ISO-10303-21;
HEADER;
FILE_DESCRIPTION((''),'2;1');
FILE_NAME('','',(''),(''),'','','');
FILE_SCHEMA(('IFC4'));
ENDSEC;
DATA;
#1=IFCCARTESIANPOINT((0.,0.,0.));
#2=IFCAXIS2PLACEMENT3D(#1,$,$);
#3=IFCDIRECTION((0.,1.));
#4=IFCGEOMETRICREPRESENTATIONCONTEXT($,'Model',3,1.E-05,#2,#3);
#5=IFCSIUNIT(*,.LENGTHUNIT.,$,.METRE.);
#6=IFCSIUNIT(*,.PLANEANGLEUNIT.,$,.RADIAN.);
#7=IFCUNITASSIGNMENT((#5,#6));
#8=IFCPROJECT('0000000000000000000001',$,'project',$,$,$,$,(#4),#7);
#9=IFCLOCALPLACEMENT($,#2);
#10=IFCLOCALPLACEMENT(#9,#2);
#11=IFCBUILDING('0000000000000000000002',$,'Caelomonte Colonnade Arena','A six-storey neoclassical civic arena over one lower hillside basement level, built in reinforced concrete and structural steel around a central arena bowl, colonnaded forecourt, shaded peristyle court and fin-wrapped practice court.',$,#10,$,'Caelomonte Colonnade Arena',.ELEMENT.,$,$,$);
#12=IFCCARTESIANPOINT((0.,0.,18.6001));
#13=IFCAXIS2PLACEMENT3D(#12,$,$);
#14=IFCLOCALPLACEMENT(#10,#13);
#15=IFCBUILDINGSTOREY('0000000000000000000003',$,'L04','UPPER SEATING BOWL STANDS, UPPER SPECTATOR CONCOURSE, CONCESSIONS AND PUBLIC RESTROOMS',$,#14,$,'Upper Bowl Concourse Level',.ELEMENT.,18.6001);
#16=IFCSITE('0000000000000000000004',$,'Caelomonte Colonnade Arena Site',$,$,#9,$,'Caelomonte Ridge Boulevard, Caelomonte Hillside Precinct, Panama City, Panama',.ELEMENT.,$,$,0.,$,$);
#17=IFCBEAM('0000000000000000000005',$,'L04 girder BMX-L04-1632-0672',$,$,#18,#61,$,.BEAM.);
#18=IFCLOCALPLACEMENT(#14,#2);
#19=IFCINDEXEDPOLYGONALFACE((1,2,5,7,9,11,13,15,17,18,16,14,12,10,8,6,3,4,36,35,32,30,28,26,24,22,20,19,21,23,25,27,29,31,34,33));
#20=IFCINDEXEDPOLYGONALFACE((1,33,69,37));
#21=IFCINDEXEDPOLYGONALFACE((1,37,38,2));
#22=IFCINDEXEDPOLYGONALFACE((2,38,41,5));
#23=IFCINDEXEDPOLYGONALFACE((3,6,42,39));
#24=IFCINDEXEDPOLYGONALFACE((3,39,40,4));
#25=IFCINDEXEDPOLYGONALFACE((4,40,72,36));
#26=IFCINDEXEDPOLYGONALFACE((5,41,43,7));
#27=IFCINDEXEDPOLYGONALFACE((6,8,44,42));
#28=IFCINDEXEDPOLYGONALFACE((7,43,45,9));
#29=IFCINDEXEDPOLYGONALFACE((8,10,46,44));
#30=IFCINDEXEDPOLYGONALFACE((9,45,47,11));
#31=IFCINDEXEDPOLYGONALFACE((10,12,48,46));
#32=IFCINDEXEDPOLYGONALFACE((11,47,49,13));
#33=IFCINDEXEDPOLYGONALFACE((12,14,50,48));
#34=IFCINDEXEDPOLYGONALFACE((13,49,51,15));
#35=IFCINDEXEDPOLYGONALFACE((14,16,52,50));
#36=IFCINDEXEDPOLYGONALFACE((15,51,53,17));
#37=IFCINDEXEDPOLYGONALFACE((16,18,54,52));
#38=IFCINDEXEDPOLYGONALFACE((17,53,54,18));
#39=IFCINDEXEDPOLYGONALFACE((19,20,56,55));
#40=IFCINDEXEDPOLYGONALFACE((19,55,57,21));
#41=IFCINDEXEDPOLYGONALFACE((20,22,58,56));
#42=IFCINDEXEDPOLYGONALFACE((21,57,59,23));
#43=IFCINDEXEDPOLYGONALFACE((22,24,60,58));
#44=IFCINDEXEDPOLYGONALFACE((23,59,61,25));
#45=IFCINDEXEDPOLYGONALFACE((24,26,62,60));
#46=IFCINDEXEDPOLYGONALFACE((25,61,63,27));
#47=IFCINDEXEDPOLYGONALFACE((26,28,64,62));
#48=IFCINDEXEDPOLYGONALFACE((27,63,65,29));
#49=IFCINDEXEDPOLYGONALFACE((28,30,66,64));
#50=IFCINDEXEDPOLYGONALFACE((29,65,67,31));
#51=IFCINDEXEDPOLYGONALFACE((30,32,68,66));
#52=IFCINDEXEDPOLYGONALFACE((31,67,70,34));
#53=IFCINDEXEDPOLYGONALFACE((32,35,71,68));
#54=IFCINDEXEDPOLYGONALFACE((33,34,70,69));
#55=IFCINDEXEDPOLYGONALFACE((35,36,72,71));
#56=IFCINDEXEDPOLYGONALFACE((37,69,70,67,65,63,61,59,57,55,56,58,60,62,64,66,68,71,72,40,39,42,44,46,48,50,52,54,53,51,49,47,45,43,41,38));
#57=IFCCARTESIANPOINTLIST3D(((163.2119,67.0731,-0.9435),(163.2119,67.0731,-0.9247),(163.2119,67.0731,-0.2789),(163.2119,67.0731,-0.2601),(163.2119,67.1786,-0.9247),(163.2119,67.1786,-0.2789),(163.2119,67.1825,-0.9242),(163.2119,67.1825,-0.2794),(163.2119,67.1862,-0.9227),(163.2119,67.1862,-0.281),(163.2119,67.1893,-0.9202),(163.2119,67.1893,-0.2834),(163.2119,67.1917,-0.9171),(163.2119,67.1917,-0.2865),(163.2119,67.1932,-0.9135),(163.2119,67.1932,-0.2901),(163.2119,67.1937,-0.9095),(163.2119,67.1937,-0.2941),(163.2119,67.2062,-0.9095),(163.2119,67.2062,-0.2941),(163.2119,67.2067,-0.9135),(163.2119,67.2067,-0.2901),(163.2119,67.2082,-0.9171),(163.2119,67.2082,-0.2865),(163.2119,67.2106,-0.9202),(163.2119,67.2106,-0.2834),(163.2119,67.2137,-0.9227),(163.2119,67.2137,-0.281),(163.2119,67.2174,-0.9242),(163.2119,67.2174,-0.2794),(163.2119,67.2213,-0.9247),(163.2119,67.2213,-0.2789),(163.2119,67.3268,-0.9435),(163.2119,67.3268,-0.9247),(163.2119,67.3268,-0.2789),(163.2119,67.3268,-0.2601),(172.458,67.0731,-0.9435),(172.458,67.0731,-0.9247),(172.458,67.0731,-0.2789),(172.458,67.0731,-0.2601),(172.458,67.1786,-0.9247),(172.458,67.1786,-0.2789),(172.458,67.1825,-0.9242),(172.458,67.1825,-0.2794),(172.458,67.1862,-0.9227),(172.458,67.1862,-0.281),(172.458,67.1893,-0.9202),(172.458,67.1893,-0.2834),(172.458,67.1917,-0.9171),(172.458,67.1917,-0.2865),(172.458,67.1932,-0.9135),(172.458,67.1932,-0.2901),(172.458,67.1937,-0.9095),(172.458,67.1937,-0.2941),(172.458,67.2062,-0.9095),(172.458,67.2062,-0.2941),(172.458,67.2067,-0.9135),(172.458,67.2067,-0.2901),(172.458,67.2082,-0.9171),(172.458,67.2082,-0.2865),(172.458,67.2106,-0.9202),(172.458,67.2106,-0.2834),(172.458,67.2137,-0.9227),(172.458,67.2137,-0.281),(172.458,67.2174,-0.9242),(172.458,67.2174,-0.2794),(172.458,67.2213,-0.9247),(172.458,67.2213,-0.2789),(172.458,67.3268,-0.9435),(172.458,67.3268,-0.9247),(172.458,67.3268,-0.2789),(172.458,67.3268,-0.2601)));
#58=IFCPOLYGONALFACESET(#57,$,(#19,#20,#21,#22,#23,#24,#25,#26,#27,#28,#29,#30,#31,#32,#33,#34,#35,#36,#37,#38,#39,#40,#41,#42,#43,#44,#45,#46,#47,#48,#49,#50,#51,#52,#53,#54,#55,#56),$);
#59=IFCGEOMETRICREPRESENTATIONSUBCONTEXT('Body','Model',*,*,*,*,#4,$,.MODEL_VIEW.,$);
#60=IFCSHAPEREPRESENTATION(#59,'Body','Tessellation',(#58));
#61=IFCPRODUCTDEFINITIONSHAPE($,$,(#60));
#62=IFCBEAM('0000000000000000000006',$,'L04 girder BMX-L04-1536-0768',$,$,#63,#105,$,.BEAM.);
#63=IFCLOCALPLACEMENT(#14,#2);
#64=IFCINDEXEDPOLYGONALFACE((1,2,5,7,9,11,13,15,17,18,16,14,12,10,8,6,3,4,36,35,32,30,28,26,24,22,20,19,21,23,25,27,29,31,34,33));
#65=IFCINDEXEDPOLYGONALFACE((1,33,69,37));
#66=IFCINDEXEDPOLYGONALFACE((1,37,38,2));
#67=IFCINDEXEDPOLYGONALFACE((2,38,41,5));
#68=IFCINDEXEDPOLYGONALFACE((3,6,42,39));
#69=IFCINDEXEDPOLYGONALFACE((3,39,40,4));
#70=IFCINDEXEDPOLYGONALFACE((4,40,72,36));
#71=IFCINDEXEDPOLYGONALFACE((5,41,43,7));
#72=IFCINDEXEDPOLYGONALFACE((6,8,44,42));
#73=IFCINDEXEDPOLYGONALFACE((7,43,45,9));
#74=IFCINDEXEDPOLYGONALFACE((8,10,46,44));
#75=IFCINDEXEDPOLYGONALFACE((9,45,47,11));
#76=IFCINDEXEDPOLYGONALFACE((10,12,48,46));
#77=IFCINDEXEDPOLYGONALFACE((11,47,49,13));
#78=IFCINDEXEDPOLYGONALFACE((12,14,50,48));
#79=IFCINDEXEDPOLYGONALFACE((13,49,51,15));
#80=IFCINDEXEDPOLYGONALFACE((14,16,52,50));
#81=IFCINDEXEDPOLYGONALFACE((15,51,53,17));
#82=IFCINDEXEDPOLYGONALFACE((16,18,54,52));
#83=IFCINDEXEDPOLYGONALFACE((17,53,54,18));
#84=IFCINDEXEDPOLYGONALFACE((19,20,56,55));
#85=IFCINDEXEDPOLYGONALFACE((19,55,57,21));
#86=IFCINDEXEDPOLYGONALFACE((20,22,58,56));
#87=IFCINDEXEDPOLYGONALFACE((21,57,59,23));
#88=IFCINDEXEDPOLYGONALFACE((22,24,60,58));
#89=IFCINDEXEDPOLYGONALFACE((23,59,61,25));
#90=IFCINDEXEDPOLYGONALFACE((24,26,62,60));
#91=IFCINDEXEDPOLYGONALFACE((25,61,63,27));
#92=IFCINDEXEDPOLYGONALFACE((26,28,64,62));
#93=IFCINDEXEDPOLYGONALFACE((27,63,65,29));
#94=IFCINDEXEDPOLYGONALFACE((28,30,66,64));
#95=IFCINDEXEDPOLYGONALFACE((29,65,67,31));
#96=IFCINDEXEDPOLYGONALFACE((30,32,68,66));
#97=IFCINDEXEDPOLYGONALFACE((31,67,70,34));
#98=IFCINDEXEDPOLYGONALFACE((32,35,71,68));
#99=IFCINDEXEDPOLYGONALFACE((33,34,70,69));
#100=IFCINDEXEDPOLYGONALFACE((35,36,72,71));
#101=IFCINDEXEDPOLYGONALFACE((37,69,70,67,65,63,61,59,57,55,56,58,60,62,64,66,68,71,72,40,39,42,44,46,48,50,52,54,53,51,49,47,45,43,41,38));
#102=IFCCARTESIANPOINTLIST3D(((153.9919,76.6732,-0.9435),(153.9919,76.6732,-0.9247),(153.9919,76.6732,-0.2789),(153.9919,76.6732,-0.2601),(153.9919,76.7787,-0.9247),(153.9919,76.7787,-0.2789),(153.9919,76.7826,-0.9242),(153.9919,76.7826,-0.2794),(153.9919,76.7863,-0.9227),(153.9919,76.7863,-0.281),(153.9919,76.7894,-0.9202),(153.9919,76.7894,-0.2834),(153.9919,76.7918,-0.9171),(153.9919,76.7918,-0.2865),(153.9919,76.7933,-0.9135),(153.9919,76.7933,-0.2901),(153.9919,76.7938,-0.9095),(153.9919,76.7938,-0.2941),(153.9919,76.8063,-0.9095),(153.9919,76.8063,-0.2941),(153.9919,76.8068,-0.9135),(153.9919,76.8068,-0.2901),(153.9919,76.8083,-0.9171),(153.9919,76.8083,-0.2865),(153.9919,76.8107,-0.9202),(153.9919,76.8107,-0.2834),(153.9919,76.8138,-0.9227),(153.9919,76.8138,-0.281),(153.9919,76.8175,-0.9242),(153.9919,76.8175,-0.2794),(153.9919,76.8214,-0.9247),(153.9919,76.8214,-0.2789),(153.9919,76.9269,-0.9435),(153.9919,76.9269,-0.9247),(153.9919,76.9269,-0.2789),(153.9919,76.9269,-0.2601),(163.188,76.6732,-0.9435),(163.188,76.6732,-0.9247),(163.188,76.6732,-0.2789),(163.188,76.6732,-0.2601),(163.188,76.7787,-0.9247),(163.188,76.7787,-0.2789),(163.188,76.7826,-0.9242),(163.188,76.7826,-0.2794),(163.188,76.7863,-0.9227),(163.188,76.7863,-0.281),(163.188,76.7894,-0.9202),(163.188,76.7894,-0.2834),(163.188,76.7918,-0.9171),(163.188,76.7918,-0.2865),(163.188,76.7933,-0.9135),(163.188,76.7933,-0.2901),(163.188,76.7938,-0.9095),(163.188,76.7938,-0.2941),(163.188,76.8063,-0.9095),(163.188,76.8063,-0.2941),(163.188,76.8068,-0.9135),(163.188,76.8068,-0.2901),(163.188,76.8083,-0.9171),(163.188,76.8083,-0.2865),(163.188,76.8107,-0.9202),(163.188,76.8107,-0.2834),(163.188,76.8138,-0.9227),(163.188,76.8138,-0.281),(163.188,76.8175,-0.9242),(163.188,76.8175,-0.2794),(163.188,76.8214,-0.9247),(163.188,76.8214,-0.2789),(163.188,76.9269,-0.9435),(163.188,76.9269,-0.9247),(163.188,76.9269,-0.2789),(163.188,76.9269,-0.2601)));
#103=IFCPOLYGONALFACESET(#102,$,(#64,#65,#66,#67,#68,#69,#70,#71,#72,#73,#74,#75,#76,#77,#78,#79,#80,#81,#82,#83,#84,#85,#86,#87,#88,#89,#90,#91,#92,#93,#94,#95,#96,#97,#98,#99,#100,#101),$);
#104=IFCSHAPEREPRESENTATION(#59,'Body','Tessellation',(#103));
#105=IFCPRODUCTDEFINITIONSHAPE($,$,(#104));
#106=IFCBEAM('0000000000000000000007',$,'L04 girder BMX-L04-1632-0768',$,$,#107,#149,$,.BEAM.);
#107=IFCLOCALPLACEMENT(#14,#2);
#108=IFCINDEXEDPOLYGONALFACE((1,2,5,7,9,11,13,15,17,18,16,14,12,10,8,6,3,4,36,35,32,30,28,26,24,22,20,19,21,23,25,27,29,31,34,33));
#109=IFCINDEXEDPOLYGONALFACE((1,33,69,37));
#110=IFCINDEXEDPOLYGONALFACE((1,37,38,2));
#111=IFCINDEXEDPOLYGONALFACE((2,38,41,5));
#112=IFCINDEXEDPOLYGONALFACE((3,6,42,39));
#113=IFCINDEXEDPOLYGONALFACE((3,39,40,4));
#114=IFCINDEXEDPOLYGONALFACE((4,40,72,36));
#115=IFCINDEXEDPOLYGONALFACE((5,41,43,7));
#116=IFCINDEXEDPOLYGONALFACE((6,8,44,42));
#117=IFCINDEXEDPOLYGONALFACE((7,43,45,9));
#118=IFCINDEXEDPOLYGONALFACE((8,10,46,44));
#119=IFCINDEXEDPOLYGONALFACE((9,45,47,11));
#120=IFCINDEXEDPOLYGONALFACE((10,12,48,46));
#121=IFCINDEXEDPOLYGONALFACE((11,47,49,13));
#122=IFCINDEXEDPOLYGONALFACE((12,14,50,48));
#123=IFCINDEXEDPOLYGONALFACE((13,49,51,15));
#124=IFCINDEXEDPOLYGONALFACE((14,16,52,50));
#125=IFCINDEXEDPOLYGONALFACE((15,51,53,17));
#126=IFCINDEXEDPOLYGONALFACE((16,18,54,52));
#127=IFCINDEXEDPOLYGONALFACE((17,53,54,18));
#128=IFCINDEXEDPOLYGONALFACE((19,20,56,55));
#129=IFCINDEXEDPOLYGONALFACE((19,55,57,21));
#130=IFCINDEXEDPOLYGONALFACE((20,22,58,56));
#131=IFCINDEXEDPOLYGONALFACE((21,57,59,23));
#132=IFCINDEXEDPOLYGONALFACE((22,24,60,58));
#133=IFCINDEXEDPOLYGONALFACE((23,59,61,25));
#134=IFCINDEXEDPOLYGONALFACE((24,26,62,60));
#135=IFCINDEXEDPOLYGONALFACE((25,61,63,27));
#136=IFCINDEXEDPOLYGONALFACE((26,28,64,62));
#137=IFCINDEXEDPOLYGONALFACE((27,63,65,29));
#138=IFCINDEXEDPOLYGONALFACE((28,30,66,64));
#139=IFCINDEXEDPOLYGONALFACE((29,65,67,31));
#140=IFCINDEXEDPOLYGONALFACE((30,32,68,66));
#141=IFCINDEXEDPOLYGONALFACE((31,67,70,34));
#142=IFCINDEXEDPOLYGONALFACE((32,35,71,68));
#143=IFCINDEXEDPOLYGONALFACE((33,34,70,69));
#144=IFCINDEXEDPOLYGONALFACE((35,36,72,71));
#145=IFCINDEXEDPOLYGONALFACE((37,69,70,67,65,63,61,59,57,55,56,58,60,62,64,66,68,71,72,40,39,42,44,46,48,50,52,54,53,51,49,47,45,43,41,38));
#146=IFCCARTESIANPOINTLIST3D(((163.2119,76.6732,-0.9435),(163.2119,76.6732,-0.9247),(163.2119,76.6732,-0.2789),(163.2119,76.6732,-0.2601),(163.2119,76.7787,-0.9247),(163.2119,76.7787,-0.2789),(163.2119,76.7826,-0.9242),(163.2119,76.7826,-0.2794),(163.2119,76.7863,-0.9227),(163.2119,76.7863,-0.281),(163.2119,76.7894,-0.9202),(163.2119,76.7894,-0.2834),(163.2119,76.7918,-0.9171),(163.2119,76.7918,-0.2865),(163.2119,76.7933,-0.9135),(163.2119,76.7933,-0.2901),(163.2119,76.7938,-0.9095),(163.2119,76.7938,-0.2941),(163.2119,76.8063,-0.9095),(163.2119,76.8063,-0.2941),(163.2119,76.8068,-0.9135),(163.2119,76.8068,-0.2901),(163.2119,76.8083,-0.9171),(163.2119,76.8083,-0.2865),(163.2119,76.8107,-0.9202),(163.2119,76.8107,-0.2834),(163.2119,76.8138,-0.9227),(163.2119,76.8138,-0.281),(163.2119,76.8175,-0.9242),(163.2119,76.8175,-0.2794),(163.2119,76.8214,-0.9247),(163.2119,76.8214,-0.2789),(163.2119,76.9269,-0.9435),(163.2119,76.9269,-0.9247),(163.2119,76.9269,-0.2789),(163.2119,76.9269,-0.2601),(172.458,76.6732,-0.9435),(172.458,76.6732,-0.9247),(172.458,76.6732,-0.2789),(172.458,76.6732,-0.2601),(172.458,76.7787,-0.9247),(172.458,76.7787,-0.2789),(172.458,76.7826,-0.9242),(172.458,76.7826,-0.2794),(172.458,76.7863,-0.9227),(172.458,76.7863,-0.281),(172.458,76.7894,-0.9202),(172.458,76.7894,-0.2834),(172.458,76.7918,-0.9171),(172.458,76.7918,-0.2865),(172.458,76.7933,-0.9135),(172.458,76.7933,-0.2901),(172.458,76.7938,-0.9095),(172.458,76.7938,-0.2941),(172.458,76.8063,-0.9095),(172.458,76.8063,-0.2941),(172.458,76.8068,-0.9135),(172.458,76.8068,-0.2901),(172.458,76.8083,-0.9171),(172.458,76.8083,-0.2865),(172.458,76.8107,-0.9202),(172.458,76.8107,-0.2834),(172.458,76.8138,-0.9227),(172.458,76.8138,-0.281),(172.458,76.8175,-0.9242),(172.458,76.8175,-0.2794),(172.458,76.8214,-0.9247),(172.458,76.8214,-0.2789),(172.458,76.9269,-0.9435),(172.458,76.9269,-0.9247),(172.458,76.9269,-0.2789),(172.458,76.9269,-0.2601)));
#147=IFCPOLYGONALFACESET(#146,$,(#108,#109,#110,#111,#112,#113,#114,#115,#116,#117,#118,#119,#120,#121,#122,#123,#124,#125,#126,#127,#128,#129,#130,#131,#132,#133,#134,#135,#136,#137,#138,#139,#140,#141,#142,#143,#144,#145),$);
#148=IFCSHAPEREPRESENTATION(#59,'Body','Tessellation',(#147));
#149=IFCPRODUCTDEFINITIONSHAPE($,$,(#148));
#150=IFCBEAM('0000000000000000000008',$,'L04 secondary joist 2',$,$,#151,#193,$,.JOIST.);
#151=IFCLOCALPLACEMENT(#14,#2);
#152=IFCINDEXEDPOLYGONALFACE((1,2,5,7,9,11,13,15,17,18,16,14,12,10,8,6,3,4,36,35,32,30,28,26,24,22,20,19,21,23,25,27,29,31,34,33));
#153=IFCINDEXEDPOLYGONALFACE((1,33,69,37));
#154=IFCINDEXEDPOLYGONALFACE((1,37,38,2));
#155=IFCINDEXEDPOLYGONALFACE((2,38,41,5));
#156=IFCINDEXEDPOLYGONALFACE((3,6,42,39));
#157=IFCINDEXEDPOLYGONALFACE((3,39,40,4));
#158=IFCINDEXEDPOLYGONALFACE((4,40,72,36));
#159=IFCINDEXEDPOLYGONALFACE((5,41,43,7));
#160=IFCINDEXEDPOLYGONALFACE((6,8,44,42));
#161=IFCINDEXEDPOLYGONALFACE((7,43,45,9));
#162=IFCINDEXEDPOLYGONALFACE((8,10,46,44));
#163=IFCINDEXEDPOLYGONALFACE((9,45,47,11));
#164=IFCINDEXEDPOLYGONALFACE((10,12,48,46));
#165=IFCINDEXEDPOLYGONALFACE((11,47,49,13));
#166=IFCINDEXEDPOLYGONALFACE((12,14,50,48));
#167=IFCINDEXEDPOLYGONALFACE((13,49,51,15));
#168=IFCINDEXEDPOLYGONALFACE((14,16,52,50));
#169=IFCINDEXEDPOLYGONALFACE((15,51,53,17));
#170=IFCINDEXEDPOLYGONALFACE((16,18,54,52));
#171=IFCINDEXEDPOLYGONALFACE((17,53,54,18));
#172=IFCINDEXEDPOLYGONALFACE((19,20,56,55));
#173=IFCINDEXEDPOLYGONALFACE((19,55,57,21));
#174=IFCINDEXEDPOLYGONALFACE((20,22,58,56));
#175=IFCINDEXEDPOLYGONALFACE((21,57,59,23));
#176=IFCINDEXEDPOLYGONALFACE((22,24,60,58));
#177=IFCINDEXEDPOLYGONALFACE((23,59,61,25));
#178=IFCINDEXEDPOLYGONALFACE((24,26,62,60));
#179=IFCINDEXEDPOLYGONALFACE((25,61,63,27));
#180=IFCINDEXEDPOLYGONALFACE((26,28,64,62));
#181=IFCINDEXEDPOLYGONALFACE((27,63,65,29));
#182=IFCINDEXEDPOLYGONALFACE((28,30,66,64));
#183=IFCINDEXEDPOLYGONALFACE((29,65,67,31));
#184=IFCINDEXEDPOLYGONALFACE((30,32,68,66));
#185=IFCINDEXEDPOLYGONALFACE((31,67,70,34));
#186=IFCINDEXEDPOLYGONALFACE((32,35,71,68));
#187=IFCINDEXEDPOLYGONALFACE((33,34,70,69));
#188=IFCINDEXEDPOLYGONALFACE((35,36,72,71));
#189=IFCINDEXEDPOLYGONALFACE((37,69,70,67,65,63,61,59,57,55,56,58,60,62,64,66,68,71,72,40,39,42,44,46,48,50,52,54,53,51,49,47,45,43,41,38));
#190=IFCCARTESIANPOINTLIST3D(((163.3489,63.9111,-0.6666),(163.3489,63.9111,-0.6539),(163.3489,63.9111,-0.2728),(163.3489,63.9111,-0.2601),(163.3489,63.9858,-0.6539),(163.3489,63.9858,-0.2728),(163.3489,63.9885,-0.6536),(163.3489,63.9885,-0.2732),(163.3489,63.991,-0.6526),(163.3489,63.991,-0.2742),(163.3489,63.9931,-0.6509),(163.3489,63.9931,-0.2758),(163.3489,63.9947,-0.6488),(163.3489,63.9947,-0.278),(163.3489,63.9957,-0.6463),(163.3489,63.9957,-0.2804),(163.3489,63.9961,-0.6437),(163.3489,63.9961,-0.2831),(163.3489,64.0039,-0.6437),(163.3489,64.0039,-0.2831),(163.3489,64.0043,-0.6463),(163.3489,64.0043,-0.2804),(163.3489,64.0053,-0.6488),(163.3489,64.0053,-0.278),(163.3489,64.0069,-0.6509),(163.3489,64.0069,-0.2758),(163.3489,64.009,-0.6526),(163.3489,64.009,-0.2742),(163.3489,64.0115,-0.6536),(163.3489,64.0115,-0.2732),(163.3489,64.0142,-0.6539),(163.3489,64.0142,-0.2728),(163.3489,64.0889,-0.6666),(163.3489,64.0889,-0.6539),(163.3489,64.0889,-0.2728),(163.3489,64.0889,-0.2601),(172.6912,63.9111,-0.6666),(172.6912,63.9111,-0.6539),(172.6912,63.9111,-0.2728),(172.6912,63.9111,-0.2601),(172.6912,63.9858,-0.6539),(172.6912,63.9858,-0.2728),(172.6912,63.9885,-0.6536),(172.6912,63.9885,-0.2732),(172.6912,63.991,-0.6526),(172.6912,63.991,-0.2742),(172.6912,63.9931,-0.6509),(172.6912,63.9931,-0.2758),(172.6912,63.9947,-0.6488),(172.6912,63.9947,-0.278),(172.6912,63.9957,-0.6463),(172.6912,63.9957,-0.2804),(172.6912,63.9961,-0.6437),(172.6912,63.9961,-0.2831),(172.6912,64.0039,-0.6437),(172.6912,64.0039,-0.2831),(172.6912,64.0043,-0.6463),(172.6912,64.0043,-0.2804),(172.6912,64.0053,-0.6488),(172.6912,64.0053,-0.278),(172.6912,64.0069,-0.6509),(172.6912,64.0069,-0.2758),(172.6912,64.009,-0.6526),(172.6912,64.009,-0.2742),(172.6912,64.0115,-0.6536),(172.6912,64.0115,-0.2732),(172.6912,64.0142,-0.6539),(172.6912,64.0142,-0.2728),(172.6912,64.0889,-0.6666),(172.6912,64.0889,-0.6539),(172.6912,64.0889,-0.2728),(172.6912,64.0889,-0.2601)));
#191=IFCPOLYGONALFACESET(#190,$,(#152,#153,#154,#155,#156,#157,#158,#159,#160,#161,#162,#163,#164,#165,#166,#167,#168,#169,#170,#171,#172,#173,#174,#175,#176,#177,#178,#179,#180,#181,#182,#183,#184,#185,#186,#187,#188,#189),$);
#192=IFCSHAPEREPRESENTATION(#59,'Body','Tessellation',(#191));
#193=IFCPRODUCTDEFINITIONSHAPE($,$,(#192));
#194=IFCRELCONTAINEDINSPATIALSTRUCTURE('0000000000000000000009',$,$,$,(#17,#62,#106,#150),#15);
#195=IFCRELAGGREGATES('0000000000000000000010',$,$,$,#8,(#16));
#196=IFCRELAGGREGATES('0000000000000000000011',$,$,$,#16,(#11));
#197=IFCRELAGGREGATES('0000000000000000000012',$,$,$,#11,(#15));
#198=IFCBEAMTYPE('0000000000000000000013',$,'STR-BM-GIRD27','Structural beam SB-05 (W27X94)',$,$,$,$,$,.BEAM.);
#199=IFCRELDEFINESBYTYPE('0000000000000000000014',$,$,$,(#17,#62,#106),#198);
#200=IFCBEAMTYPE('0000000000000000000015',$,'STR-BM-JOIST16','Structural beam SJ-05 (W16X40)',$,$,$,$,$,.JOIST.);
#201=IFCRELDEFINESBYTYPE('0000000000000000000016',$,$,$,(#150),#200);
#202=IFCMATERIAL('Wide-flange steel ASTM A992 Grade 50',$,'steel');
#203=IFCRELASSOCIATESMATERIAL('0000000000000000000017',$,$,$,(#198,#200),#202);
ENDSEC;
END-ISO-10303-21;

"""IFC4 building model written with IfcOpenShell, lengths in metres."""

from ifc_helpers import new_model, si_unit, direction, frame, origin, origin_2d, place, context, subcontext, project, spatial, i_section, extrude, material, material_profile, profile_set, type_object, element, save


model = new_model("IFC4")

# Units and contexts
model_context = context("Model", 3, precision=1e-05, world=origin(), true_north=direction((0.0, 1.0)))
body_context = subcontext(model_context, "Body", "Model", "MODEL_VIEW")
ifc_project = project(units=[si_unit("LENGTHUNIT", "METRE"), si_unit("PLANEANGLEUNIT", "RADIAN")], contexts=[model_context])

# Site, building, storey
site_placement = place(None, origin())
site = spatial("IfcSite", under=ifc_project, at=site_placement, Name="Caelomonte Colonnade Arena Site", LongName="Caelomonte Ridge Boulevard, Caelomonte Hillside Precinct, Panama City, Panama", CompositionType="ELEMENT", RefElevation=0.0)
building_placement = place(site_placement, origin())
building = spatial("IfcBuilding", under=site, at=building_placement, Name="Caelomonte Colonnade Arena", Description="A six-storey neoclassical civic arena over one lower hillside basement level, built in reinforced concrete and structural steel around a central arena bowl, colonnaded forecourt, shaded peristyle court and fin-wrapped practice court.", LongName="Caelomonte Colonnade Arena", CompositionType="ELEMENT")
storey_placement = place(building_placement, frame((0.0, 0.0, 18.6001)))
storey = spatial("IfcBuildingStorey", under=building, at=storey_placement, Name="L04", Description="UPPER SEATING BOWL STANDS, UPPER SPECTATOR CONCOURSE, CONCESSIONS AND PUBLIC RESTROOMS", LongName="Upper Bowl Concourse Level", CompositionType="ELEMENT", Elevation=18.6001)

# Shared definitions
ifc_material_1 = material(Name="Wide-flange steel ASTM A992 Grade 50", Category="steel")

# Beams
ifc_material_profile_1 = material_profile(ifc_material_1, i_section(OverallWidth=0.2537, OverallDepth=0.6833, WebThickness=0.0125, FlangeThickness=0.0188, FilletRadius=0.0151, at=origin_2d()), Name="W27X94")
ifc_profile_set_1 = profile_set([ifc_material_profile_1], Name="Wide-flange steel ASTM A992 Grade 50")
beam_type_1 = type_object("IfcBeamType", Name="STR-BM-GIRD27", Description="Structural beam SB-05 (W27X94)", PredefinedType="BEAM", material=ifc_profile_set_1)
beam_1_placement = place(storey_placement, frame((163.2119, 67.2, -0.6018), z_axis=(1.0, 0.0, 0.0), x_axis=(0.0, 1.0, 0.0)))
element("IfcBeam", 1, at=beam_1_placement, inside=storey, type_object=beam_type_1, Name="L04 girder BMX-L04-1632-0672", PredefinedType="BEAM", context=body_context, shape_type="SweptSolid", body=[
    extrude(i_section(OverallWidth=0.2537, OverallDepth=0.6833, WebThickness=0.0125, FlangeThickness=0.0188, FilletRadius=0.0151, at=origin_2d()), origin(), (0.0, 0.0, 1.0), 9.2461),
])
beam_2_placement = place(storey_placement, frame((153.9919, 76.8, -0.6018), z_axis=(1.0, 0.0, 0.0), x_axis=(0.0, 1.0, 0.0)))
element("IfcBeam", 2, at=beam_2_placement, inside=storey, type_object=beam_type_1, Name="L04 girder BMX-L04-1536-0768", PredefinedType="BEAM", context=body_context, shape_type="SweptSolid", body=[
    extrude(i_section(OverallWidth=0.2537, OverallDepth=0.6833, WebThickness=0.0125, FlangeThickness=0.0188, FilletRadius=0.0151, at=origin_2d()), origin(), (0.0, 0.0, 1.0), 9.196),
])
beam_3_placement = place(storey_placement, frame((163.2119, 76.8, -0.6018), z_axis=(1.0, 0.0, 0.0), x_axis=(0.0, 1.0, 0.0)))
element("IfcBeam", 3, at=beam_3_placement, inside=storey, type_object=beam_type_1, Name="L04 girder BMX-L04-1632-0768", PredefinedType="BEAM", context=body_context, shape_type="SweptSolid", body=[
    extrude(i_section(OverallWidth=0.2537, OverallDepth=0.6833, WebThickness=0.0125, FlangeThickness=0.0188, FilletRadius=0.0151, at=origin_2d()), origin(), (0.0, 0.0, 1.0), 9.2461),
])
ifc_material_profile_2 = material_profile(ifc_material_1, i_section(OverallWidth=0.1777, OverallDepth=0.4065, WebThickness=0.0078, FlangeThickness=0.0127, FilletRadius=0.0103, at=origin_2d()), Name="W16X40")
ifc_profile_set_2 = profile_set([ifc_material_profile_2], Name="Wide-flange steel ASTM A992 Grade 50")
beam_type_2 = type_object("IfcBeamType", Name="STR-BM-JOIST16", Description="Structural beam SJ-05 (W16X40)", PredefinedType="JOIST", material=ifc_profile_set_2)
for number, where, z_axis, x_axis, name in (
    (4, (163.3489, 64.0, -0.4634), (1.0, 0.0, 0.0), (0.0, 1.0, 0.0), "L04 secondary joist 2"),
):
    element("IfcBeam", number, at=place(storey_placement, frame(where, z_axis=z_axis, x_axis=x_axis)), inside=storey, type_object=beam_type_2, Name=name, PredefinedType="JOIST", context=body_context, shape_type="SweptSolid", body=[
        extrude(i_section(OverallWidth=0.1777, OverallDepth=0.4065, WebThickness=0.0078, FlangeThickness=0.0127, FilletRadius=0.0103, at=origin_2d()), origin(), (0.0, 0.0, 1.0), 9.3423),
    ])

save(model, "model.ifc")
